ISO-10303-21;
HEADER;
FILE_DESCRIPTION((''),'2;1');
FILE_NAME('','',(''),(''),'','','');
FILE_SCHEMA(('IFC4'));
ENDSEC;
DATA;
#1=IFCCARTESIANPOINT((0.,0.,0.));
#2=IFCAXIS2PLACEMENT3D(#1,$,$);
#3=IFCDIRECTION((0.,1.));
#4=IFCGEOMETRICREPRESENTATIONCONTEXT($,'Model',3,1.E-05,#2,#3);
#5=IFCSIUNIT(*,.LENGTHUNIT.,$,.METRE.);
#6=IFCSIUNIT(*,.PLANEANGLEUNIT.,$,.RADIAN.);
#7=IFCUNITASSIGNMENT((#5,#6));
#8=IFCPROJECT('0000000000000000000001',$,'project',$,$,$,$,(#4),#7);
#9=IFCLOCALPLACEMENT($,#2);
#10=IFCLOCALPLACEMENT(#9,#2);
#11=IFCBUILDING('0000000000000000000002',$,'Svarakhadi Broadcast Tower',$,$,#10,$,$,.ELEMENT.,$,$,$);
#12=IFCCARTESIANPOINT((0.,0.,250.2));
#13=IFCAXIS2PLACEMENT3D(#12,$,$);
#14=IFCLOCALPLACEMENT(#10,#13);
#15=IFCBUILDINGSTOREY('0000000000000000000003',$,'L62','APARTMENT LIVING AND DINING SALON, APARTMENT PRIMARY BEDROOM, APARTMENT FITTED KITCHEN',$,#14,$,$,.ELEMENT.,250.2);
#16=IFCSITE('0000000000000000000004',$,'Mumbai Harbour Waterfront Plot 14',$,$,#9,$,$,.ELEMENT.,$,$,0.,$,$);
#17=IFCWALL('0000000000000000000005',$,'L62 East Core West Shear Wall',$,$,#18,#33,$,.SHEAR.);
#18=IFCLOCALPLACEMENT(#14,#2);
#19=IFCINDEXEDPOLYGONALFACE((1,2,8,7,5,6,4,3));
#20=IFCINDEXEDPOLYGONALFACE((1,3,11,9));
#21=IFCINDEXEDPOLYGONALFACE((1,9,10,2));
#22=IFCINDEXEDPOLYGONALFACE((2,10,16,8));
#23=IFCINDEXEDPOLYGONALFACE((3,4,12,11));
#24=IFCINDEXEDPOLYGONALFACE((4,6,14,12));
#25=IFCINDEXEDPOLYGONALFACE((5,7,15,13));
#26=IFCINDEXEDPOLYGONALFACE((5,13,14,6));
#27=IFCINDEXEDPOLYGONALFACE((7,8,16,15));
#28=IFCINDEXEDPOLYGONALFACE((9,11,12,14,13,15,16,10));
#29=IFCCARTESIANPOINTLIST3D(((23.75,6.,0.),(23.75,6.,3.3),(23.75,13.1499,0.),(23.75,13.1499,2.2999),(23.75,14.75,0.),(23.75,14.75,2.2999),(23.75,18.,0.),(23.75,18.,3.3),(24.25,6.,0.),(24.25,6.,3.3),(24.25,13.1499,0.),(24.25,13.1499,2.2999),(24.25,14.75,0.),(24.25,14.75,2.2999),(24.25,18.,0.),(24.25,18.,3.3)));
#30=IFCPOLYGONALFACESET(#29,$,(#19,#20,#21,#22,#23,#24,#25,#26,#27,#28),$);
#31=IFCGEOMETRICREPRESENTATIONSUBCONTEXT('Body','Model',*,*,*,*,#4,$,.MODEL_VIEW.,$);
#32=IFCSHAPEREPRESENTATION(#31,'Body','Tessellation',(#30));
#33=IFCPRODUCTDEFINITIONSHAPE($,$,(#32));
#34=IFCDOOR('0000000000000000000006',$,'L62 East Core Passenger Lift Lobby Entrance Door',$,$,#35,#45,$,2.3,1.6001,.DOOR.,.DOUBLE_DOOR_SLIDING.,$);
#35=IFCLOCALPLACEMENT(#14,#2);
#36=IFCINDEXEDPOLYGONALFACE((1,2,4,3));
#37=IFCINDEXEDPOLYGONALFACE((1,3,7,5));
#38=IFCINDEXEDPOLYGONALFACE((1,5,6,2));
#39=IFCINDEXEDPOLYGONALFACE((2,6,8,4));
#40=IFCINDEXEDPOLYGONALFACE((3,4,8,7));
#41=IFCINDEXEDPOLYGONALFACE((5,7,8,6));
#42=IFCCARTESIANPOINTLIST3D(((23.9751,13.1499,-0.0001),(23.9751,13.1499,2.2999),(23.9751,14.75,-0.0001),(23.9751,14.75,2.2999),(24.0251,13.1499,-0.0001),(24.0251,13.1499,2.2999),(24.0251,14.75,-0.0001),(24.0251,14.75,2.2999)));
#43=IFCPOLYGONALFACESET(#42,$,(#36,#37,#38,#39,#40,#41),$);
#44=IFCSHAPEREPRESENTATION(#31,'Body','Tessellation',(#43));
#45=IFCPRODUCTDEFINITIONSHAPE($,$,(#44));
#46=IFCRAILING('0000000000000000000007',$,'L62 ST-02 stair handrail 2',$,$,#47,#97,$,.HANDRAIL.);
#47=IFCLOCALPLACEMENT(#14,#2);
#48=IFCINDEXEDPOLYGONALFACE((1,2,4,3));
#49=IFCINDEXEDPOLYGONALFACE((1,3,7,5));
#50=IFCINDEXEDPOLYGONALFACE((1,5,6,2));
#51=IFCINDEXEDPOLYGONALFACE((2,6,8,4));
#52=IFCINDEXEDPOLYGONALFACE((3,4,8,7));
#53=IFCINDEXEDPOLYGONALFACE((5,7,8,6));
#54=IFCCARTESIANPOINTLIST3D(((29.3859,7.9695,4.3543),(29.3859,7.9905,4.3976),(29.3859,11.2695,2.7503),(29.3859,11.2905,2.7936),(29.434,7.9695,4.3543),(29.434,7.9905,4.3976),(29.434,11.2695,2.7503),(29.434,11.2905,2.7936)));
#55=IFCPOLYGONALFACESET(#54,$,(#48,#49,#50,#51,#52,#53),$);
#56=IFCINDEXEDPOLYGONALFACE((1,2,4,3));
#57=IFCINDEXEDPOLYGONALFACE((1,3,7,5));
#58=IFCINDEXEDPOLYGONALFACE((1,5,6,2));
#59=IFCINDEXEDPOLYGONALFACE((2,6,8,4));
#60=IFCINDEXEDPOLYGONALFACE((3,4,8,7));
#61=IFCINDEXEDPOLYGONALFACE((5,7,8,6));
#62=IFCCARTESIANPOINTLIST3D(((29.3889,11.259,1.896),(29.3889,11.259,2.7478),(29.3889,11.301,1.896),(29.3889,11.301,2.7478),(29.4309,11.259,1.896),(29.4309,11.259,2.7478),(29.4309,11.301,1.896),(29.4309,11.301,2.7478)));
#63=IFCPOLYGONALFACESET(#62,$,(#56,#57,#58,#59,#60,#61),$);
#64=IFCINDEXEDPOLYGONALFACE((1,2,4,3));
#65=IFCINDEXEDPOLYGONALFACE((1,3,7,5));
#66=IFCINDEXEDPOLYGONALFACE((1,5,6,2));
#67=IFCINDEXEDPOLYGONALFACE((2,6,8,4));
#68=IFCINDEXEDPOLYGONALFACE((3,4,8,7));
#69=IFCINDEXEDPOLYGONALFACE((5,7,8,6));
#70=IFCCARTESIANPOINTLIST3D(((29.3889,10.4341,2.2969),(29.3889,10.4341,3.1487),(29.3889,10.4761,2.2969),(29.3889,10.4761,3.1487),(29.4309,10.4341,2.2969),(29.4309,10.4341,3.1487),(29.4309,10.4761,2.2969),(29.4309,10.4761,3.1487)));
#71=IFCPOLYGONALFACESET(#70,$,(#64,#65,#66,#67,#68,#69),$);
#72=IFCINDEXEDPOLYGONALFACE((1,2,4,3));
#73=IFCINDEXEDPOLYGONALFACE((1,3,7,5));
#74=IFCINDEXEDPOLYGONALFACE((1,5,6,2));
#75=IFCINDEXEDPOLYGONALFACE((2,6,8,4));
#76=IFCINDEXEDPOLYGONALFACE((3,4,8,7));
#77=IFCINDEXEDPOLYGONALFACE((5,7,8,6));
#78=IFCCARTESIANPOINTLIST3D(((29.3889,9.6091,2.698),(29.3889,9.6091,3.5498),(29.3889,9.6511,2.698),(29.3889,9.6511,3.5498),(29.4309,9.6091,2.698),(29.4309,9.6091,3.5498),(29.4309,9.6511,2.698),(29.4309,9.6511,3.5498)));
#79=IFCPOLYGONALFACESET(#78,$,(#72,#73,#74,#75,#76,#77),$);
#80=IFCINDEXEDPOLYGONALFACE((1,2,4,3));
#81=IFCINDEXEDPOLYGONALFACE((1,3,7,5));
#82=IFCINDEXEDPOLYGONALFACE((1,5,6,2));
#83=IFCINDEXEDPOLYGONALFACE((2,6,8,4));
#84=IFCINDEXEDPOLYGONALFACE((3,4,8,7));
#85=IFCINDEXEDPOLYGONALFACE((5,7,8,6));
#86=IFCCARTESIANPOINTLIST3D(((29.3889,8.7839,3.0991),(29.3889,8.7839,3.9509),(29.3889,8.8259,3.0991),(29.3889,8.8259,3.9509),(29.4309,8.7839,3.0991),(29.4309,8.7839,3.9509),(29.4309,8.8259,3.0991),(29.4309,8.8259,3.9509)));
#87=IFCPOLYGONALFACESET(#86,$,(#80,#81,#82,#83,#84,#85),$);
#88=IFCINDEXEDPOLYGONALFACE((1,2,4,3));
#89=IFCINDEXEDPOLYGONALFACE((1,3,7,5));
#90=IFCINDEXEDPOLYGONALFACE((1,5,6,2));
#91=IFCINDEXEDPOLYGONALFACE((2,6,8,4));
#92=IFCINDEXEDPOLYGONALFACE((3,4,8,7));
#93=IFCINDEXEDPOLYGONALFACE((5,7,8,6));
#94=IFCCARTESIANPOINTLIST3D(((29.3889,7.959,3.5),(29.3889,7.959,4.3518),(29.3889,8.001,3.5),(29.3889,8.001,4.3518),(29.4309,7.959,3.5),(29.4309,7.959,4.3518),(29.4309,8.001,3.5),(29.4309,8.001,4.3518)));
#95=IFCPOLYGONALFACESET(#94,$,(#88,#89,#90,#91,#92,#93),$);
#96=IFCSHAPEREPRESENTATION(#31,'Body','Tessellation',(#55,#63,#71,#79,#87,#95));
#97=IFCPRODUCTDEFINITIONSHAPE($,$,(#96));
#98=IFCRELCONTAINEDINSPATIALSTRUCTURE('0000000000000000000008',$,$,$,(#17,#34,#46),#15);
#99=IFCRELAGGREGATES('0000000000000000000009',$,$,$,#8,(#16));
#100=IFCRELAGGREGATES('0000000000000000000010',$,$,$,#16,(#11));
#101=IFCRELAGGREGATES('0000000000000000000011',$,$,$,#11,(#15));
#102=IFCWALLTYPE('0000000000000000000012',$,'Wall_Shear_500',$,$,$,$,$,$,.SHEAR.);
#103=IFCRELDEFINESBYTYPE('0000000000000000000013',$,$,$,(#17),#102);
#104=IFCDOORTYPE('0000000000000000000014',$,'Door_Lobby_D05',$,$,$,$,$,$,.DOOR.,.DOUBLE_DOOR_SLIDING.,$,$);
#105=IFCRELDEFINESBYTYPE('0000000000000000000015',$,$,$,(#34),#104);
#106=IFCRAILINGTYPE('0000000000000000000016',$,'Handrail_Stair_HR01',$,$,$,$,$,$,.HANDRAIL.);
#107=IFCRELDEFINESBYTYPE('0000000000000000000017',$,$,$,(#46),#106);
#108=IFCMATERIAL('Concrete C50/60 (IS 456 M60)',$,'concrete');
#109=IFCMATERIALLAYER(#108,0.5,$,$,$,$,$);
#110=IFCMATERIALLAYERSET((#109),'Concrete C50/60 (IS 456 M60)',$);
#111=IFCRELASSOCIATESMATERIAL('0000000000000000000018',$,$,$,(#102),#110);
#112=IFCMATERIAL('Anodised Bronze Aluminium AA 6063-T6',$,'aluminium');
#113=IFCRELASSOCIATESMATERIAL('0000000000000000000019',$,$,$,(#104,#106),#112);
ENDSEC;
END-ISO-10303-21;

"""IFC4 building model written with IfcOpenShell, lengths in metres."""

from ifc_helpers import new_model, si_unit, direction, frame, frame_2d, origin, origin_2d, place, context, subcontext, project, spatial, rectangle, extrude, material, layer, layer_set, type_object, element, fill, save


model = new_model("IFC4")

# Units and contexts
model_context = context("Model", 3, precision=1e-05, world=origin(), true_north=direction((0.0, 1.0)))
body_context = subcontext(model_context, "Body", "Model", "MODEL_VIEW")
ifc_project = project(units=[si_unit("LENGTHUNIT", "METRE"), si_unit("PLANEANGLEUNIT", "RADIAN")], contexts=[model_context])

# Site, building, storey
site_placement = place(None, origin())
site = spatial("IfcSite", under=ifc_project, at=site_placement, Name="Mumbai Harbour Waterfront Plot 14", CompositionType="ELEMENT", RefElevation=0.0)
building_placement = place(site_placement, origin())
building = spatial("IfcBuilding", under=site, at=building_placement, Name="Svarakhadi Broadcast Tower", CompositionType="ELEMENT")
storey_placement = place(building_placement, frame((0.0, 0.0, 250.2)))
storey = spatial("IfcBuildingStorey", under=building, at=storey_placement, Name="L62", Description="APARTMENT LIVING AND DINING SALON, APARTMENT PRIMARY BEDROOM, APARTMENT FITTED KITCHEN", CompositionType="ELEMENT", Elevation=250.2)

# Shared definitions
ifc_material_1 = material(Name="Concrete C50/60 (IS 456 M60)", Category="concrete")

# Shared definitions
ifc_material_2 = material(Name="Anodised Bronze Aluminium AA 6063-T6", Category="aluminium")

# Shared definitions
ifc_layer_1 = layer(ifc_material_1, 0.5)
ifc_layer_set_1 = layer_set([ifc_layer_1], Name="Concrete C50/60 (IS 456 M60)")
wall_type_1 = type_object("IfcWallType", Name="Wall_Shear_500", PredefinedType="SHEAR", material=ifc_layer_set_1)

# Wall, opening, door
wall_1_placement = place(storey_placement, frame((24.0, 6.0, 0.0), z_axis=(0.0, 0.0, 1.0), x_axis=(0.0, 1.0, 0.0)))
wall_1 = element("IfcWall", 1, at=wall_1_placement, inside=storey, type_object=wall_type_1, Name="L62 East Core West Shear Wall", PredefinedType="SHEAR", context=body_context, shape_type="SweptSolid", body=[
    extrude(rectangle(XDim=12.0, YDim=0.5, at=frame_2d((6.0, 0.0))), origin(), (0.0, 0.0, 1.0), 3.3),
])
opening_1_placement = place(wall_1_placement, frame((7.1499, 0.0, 0.0)))
opening_1 = element("IfcOpeningElement", 2, at=opening_1_placement, cuts=wall_1, PredefinedType="OPENING", context=body_context, shape_type="SweptSolid", body=[
    extrude(rectangle(XDim=1.6001, YDim=2.3, at=frame_2d((0.8, 1.1499))), frame((0.0, 0.26, 0.0), z_axis=(0.0, -1.0, 0.0), x_axis=(1.0, 0.0, 0.0)), (0.0, 0.0, 1.0), 0.52),
])
door_type_1 = type_object("IfcDoorType", Name="Door_Lobby_D05", OperationType="DOUBLE_DOOR_SLIDING", PredefinedType="DOOR", material=ifc_material_2)
door_1_placement = place(opening_1_placement, origin())
door_1 = element("IfcDoor", 3, at=door_1_placement, inside=storey, type_object=door_type_1, Name="L62 East Core Passenger Lift Lobby Entrance Door", OperationType="DOUBLE_DOOR_SLIDING", OverallHeight=2.3, OverallWidth=1.6001, PredefinedType="DOOR", context=body_context, shape_type="SweptSolid", body=[
    extrude(rectangle(XDim=1.6001, YDim=2.3, at=frame_2d((0.8, 1.1499))), frame((0.0, 0.0249, 0.0), z_axis=(0.0, -1.0, 0.0), x_axis=(1.0, 0.0, 0.0)), (0.0, 0.0, 1.0), 0.05),
])
fill(opening_1, door_1)

# Railing
railing_type = type_object("IfcRailingType", Name="Handrail_Stair_HR01", PredefinedType="HANDRAIL", material=ifc_material_2)
railing_placement = place(storey_placement, frame((29.4099, 11.28, 1.896)))
element("IfcRailing", 4, at=railing_placement, inside=storey, type_object=railing_type, Name="L62 ST-02 stair handrail 2", PredefinedType="HANDRAIL", context=body_context, shape_type="SweptSolid", body=[
    extrude(rectangle(XDim=0.0481, YDim=0.0481, at=origin_2d()), frame((0.0, 0.0, 0.876), z_axis=(0.0, -0.899388, 0.437152), x_axis=(1.0, 0.0, 0.0)), (0.0, 0.0, 1.0), 3.6692),
    extrude(rectangle(XDim=0.042, YDim=0.042, at=origin_2d()), origin(), (0.0, 0.0, 1.0), 0.8518),
    extrude(rectangle(XDim=0.042, YDim=0.042, at=origin_2d()), frame((0.0, -0.825, 0.4009)), (0.0, 0.0, 1.0), 0.8518),
    extrude(rectangle(XDim=0.042, YDim=0.042, at=origin_2d()), frame((0.0, -1.6499, 0.802)), (0.0, 0.0, 1.0), 0.8518),
    extrude(rectangle(XDim=0.042, YDim=0.042, at=origin_2d()), frame((0.0, -2.4751, 1.2031)), (0.0, 0.0, 1.0), 0.8518),
    extrude(rectangle(XDim=0.042, YDim=0.042, at=origin_2d()), frame((0.0, -3.3, 1.604)), (0.0, 0.0, 1.0), 0.8518),
])

save(model, "model.ifc")
